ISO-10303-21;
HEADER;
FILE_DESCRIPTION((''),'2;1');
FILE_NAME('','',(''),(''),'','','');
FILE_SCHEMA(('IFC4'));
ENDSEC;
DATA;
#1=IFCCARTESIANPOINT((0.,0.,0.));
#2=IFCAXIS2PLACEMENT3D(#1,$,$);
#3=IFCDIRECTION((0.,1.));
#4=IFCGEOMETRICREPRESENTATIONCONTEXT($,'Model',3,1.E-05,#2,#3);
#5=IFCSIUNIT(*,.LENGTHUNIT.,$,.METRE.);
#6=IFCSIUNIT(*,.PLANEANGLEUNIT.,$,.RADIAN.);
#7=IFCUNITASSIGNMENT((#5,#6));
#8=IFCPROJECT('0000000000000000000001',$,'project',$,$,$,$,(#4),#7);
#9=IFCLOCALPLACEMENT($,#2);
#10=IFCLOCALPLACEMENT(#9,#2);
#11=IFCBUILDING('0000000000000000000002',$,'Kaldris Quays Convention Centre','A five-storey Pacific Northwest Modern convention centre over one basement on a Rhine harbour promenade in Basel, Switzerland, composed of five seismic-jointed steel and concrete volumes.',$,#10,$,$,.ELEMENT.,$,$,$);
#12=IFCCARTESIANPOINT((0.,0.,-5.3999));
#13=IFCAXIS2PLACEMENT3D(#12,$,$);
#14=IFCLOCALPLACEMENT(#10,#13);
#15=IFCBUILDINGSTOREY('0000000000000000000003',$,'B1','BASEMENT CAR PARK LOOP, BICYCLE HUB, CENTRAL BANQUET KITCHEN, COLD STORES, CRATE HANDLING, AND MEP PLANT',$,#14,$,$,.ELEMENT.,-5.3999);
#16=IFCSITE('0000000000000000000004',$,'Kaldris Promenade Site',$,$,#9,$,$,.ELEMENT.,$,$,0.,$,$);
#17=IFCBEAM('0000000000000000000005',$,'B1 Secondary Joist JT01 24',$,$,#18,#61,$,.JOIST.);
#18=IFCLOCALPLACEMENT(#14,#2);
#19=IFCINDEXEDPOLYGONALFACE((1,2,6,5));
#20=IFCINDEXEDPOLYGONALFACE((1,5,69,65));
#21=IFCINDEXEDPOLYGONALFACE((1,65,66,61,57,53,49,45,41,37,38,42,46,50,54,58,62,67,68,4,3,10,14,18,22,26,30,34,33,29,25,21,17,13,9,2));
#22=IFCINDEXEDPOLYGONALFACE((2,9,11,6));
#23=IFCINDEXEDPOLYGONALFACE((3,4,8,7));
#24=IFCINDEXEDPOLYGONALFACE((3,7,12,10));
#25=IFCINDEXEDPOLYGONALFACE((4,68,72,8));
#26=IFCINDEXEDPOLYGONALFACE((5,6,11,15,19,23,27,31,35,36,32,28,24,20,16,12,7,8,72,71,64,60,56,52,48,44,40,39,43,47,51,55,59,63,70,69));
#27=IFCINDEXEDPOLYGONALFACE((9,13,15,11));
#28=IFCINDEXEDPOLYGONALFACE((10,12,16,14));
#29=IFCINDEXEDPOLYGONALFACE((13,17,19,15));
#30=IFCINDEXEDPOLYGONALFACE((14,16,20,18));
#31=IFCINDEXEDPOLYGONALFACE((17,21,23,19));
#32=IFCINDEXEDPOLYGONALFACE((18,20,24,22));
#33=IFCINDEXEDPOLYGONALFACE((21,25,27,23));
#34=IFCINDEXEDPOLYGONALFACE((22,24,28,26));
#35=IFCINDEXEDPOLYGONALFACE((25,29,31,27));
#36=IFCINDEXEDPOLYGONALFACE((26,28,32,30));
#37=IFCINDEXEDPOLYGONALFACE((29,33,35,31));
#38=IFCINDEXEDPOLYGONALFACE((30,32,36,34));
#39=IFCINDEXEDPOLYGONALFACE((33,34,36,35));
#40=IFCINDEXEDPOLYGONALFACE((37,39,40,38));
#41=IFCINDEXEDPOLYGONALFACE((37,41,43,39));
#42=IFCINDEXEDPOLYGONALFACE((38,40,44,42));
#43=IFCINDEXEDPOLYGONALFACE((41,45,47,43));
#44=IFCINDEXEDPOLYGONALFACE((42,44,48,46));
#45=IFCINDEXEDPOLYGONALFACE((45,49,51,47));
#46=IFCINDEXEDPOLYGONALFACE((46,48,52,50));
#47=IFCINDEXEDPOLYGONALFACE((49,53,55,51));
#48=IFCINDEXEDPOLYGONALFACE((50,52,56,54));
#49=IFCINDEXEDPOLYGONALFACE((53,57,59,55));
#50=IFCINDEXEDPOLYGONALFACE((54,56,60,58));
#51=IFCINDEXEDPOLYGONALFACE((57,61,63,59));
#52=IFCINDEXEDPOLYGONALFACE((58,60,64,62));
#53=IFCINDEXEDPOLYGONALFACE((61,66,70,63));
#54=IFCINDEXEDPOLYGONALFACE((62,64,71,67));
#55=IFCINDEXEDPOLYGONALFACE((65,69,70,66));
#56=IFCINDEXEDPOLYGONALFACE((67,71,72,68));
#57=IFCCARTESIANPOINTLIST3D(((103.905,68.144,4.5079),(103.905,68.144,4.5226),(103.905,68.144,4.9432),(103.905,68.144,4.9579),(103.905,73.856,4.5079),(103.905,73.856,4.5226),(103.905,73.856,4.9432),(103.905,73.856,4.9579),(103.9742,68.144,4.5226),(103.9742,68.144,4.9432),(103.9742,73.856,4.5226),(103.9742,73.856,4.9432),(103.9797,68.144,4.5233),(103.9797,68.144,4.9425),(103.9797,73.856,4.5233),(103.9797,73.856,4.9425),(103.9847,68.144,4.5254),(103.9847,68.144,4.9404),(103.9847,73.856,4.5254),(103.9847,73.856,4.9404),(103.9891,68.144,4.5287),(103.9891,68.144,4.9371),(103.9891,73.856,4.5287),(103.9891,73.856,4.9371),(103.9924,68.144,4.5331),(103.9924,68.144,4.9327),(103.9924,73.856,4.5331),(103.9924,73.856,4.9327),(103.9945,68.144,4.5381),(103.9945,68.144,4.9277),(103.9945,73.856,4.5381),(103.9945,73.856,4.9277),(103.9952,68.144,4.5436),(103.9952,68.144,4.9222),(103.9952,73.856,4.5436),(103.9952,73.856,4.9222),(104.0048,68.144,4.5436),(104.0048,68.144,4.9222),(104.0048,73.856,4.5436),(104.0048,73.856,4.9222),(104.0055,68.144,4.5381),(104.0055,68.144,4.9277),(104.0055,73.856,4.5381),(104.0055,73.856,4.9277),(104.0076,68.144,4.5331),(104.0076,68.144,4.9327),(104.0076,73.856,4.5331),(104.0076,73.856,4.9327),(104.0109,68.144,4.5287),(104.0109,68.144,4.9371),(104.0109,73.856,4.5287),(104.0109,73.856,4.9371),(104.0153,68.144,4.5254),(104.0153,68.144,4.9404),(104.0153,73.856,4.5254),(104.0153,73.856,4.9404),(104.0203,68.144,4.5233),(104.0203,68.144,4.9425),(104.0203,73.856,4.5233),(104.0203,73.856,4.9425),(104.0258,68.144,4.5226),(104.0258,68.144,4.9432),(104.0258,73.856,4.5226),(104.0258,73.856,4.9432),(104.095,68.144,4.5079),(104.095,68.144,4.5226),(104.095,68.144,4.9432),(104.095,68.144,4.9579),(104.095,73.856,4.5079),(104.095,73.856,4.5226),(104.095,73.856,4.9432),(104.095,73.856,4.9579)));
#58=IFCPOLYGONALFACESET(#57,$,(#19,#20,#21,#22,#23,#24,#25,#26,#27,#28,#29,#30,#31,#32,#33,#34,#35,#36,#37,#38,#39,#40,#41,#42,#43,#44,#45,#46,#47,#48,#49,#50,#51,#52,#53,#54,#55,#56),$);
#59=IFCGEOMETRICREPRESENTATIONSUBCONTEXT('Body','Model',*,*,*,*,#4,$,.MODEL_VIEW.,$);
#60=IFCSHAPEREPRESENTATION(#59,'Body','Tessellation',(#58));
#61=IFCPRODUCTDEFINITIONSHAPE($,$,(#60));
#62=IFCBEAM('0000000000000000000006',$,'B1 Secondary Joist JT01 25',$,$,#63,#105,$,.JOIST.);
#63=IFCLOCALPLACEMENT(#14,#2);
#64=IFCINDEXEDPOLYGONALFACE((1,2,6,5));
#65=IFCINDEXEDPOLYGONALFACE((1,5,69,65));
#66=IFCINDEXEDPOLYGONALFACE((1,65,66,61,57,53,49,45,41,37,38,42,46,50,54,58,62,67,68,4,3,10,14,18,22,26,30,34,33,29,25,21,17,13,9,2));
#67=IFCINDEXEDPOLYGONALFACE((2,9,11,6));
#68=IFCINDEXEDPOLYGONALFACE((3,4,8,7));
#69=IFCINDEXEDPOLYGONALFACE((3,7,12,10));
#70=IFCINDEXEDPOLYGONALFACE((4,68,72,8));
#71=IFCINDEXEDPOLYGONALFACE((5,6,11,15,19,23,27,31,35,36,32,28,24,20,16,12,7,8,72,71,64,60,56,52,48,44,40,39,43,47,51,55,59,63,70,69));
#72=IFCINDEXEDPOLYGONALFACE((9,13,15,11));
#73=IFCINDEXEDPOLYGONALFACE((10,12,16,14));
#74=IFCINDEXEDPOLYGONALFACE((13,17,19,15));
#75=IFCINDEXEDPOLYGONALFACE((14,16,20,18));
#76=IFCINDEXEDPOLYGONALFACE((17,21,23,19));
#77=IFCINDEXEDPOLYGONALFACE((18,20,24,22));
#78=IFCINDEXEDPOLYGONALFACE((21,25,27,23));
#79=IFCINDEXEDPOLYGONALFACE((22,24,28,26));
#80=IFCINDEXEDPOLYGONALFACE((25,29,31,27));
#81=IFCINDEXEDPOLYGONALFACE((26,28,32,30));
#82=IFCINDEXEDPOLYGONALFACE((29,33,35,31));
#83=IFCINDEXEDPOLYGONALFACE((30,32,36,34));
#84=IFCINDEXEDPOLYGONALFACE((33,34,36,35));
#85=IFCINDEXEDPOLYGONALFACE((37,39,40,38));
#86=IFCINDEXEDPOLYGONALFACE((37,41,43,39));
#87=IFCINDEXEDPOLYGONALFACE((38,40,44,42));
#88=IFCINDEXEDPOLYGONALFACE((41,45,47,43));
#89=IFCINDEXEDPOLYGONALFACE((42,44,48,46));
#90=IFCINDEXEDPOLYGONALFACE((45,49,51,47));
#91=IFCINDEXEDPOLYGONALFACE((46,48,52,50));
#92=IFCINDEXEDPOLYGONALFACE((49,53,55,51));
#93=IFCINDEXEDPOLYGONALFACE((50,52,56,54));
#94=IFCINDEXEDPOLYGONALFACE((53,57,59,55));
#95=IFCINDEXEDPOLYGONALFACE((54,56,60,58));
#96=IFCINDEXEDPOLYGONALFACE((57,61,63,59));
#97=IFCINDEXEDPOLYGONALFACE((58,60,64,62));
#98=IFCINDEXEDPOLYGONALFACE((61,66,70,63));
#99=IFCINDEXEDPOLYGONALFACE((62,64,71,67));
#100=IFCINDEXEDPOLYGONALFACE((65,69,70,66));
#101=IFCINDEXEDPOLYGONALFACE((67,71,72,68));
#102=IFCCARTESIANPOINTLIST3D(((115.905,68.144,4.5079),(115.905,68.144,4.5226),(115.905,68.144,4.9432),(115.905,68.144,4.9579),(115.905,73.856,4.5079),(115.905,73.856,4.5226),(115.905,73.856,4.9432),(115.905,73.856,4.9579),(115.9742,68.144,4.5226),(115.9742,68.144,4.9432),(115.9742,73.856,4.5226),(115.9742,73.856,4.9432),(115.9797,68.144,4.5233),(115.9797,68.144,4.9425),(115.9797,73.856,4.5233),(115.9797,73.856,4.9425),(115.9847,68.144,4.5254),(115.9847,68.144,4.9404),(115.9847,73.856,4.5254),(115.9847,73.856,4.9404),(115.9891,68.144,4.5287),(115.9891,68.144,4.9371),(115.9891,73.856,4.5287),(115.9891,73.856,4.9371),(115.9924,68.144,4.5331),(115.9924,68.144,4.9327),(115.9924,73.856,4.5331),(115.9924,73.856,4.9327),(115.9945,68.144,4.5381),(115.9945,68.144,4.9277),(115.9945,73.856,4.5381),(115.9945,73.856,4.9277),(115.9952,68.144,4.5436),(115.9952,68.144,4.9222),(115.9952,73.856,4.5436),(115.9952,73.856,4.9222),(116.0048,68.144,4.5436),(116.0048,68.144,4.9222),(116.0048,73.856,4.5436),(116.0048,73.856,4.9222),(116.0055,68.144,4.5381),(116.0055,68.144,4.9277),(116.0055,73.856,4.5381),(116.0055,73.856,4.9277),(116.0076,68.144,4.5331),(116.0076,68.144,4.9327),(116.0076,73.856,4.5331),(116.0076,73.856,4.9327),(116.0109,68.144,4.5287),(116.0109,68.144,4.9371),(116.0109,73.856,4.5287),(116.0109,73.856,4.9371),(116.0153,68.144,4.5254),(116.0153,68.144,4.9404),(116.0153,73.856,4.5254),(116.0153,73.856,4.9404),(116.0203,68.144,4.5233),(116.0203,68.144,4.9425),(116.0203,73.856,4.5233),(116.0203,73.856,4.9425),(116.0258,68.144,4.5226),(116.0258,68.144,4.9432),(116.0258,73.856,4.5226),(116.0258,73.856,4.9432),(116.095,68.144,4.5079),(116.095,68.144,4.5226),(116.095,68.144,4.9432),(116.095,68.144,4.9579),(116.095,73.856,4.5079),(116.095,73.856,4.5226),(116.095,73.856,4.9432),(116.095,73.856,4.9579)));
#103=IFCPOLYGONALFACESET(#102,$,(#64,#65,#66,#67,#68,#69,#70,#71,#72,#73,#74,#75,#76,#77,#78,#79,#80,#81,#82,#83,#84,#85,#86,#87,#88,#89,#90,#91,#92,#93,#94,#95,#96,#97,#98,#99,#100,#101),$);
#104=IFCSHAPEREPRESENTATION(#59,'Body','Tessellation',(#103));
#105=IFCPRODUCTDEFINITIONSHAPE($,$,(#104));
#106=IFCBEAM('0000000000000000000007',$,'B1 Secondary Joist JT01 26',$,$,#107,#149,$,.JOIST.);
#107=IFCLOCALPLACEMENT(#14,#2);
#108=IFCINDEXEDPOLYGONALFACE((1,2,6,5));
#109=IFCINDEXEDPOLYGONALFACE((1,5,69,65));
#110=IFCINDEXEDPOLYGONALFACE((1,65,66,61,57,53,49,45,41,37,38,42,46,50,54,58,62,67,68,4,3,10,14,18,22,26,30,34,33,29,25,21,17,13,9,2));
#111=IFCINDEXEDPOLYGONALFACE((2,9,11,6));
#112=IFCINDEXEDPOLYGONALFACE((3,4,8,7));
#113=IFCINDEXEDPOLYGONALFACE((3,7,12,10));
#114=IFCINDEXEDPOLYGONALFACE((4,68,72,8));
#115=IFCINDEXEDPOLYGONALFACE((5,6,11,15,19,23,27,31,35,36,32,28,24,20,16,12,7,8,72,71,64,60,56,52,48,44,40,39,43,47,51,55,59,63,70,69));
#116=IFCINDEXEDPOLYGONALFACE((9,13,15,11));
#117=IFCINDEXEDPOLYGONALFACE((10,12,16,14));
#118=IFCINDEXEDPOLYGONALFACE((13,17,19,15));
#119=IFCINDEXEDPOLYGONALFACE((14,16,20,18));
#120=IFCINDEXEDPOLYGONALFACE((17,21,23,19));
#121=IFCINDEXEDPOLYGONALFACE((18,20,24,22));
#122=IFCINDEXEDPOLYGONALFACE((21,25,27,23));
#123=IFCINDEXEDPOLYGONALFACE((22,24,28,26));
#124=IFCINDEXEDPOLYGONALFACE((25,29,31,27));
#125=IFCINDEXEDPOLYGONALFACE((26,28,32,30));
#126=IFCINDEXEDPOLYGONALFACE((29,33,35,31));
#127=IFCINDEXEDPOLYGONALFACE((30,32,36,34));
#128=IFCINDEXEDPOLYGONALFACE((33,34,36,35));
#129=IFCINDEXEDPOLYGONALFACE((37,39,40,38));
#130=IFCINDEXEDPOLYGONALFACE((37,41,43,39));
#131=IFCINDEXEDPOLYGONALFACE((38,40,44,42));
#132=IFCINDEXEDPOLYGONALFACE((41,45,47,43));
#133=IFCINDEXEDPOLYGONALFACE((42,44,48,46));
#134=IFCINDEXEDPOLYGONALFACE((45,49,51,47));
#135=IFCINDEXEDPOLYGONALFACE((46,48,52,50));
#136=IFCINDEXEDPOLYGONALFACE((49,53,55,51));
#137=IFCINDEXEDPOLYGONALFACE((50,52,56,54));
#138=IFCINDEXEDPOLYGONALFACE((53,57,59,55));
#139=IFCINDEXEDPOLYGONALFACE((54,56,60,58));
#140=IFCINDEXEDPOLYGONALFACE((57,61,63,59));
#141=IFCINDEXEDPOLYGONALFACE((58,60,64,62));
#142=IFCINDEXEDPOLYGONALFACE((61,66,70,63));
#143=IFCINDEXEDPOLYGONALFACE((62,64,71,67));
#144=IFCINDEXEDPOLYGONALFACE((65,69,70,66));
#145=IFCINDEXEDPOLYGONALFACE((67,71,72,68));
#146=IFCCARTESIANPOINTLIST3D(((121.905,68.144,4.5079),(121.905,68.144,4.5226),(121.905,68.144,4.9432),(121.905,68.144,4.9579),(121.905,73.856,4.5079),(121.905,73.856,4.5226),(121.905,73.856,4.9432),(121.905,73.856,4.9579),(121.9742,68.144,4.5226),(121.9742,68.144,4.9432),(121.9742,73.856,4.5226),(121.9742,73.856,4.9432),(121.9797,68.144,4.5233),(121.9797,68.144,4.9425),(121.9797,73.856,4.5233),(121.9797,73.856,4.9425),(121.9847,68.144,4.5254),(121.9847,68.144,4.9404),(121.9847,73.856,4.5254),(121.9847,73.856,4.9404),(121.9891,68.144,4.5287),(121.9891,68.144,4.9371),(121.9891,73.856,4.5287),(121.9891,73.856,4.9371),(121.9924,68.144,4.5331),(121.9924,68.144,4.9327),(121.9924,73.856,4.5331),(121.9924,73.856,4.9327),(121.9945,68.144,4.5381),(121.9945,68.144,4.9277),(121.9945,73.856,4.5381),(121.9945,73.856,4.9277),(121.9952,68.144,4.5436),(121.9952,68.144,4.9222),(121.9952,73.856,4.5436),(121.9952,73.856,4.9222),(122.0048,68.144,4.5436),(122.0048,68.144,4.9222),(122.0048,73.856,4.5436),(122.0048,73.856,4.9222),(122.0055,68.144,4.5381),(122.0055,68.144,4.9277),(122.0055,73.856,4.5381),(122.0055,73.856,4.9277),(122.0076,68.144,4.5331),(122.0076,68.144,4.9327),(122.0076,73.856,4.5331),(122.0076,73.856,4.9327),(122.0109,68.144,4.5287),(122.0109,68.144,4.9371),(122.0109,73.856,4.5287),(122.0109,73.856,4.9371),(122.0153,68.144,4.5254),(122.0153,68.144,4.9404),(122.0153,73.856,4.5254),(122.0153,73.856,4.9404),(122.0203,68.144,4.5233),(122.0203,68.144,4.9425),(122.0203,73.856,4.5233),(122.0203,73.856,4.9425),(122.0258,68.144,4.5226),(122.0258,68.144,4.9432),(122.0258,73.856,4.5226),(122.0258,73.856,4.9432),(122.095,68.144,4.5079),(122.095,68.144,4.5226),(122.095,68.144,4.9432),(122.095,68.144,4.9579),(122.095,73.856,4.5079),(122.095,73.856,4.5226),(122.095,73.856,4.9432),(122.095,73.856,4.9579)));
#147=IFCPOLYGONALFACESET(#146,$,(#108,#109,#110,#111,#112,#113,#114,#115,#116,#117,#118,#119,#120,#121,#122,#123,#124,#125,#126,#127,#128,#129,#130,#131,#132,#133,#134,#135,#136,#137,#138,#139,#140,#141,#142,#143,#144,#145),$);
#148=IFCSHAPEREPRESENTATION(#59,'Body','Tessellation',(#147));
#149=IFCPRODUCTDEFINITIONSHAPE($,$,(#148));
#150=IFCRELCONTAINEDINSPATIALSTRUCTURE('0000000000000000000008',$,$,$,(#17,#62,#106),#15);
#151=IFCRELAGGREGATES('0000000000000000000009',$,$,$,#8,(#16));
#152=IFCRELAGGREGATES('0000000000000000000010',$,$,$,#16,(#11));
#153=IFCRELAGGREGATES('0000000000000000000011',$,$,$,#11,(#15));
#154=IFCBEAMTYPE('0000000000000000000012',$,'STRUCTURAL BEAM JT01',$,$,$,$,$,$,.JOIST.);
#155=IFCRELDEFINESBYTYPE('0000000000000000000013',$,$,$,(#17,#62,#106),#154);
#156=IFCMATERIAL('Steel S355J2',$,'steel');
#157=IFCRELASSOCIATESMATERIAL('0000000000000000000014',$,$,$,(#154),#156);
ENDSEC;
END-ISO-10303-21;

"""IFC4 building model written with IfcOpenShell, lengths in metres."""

from ifc_helpers import new_model, si_unit, direction, frame, origin, origin_2d, place, context, subcontext, project, spatial, i_section, extrude, material, material_profile, profile_set, type_object, element, save


model = new_model("IFC4")

# Units and contexts
model_context = context("Model", 3, precision=1e-05, world=origin(), true_north=direction((0.0, 1.0)))
body_context = subcontext(model_context, "Body", "Model", "MODEL_VIEW")
ifc_project = project(units=[si_unit("LENGTHUNIT", "METRE"), si_unit("PLANEANGLEUNIT", "RADIAN")], contexts=[model_context])

# Site, building, storey
site_placement = place(None, origin())
site = spatial("IfcSite", under=ifc_project, at=site_placement, Name="Kaldris Promenade Site", CompositionType="ELEMENT", RefElevation=0.0)
building_placement = place(site_placement, origin())
building = spatial("IfcBuilding", under=site, at=building_placement, Name="Kaldris Quays Convention Centre", Description="A five-storey Pacific Northwest Modern convention centre over one basement on a Rhine harbour promenade in Basel, Switzerland, composed of five seismic-jointed steel and concrete volumes.", CompositionType="ELEMENT")
storey_placement = place(building_placement, frame((0.0, 0.0, -5.3999)))
storey = spatial("IfcBuildingStorey", under=building, at=storey_placement, Name="B1", Description="BASEMENT CAR PARK LOOP, BICYCLE HUB, CENTRAL BANQUET KITCHEN, COLD STORES, CRATE HANDLING, AND MEP PLANT", CompositionType="ELEMENT", Elevation=-5.3999)

# Shared definitions
ifc_material_1 = material(Name="Steel S355J2", Category="steel")

# Beams
ifc_material_profile_1 = material_profile(ifc_material_1, i_section(OverallWidth=0.1899, OverallDepth=0.45, WebThickness=0.0095, FlangeThickness=0.0146, FilletRadius=0.021, at=origin_2d()), Name="IPE 450")
ifc_profile_set_1 = profile_set([ifc_material_profile_1], Name="Steel S355J2")
beam_type_1 = type_object("IfcBeamType", Name="STRUCTURAL BEAM JT01", PredefinedType="JOIST", material=ifc_profile_set_1)
for number, where, z_axis, x_axis, name in (
    (1, (104.0, 68.144, 4.7329), (0.0, 1.0, 0.0), (-1.0, 0.0, 0.0), "B1 Secondary Joist JT01 24"),
    (2, (116.0, 68.144, 4.7329), (0.0, 1.0, 0.0), (-1.0, 0.0, 0.0), "B1 Secondary Joist JT01 25"),
    (3, (122.0, 68.144, 4.7329), (0.0, 1.0, 0.0), (-1.0, 0.0, 0.0), "B1 Secondary Joist JT01 26"),
):
    element("IfcBeam", number, at=place(storey_placement, frame(where, z_axis=z_axis, x_axis=x_axis)), inside=storey, type_object=beam_type_1, Name=name, PredefinedType="JOIST", context=body_context, shape_type="SweptSolid", body=[
        extrude(i_section(OverallWidth=0.1899, OverallDepth=0.45, WebThickness=0.0095, FlangeThickness=0.0146, FilletRadius=0.021, at=origin_2d()), origin(), (0.0, 0.0, 1.0), 5.7119),
    ])

save(model, "model.ifc")
